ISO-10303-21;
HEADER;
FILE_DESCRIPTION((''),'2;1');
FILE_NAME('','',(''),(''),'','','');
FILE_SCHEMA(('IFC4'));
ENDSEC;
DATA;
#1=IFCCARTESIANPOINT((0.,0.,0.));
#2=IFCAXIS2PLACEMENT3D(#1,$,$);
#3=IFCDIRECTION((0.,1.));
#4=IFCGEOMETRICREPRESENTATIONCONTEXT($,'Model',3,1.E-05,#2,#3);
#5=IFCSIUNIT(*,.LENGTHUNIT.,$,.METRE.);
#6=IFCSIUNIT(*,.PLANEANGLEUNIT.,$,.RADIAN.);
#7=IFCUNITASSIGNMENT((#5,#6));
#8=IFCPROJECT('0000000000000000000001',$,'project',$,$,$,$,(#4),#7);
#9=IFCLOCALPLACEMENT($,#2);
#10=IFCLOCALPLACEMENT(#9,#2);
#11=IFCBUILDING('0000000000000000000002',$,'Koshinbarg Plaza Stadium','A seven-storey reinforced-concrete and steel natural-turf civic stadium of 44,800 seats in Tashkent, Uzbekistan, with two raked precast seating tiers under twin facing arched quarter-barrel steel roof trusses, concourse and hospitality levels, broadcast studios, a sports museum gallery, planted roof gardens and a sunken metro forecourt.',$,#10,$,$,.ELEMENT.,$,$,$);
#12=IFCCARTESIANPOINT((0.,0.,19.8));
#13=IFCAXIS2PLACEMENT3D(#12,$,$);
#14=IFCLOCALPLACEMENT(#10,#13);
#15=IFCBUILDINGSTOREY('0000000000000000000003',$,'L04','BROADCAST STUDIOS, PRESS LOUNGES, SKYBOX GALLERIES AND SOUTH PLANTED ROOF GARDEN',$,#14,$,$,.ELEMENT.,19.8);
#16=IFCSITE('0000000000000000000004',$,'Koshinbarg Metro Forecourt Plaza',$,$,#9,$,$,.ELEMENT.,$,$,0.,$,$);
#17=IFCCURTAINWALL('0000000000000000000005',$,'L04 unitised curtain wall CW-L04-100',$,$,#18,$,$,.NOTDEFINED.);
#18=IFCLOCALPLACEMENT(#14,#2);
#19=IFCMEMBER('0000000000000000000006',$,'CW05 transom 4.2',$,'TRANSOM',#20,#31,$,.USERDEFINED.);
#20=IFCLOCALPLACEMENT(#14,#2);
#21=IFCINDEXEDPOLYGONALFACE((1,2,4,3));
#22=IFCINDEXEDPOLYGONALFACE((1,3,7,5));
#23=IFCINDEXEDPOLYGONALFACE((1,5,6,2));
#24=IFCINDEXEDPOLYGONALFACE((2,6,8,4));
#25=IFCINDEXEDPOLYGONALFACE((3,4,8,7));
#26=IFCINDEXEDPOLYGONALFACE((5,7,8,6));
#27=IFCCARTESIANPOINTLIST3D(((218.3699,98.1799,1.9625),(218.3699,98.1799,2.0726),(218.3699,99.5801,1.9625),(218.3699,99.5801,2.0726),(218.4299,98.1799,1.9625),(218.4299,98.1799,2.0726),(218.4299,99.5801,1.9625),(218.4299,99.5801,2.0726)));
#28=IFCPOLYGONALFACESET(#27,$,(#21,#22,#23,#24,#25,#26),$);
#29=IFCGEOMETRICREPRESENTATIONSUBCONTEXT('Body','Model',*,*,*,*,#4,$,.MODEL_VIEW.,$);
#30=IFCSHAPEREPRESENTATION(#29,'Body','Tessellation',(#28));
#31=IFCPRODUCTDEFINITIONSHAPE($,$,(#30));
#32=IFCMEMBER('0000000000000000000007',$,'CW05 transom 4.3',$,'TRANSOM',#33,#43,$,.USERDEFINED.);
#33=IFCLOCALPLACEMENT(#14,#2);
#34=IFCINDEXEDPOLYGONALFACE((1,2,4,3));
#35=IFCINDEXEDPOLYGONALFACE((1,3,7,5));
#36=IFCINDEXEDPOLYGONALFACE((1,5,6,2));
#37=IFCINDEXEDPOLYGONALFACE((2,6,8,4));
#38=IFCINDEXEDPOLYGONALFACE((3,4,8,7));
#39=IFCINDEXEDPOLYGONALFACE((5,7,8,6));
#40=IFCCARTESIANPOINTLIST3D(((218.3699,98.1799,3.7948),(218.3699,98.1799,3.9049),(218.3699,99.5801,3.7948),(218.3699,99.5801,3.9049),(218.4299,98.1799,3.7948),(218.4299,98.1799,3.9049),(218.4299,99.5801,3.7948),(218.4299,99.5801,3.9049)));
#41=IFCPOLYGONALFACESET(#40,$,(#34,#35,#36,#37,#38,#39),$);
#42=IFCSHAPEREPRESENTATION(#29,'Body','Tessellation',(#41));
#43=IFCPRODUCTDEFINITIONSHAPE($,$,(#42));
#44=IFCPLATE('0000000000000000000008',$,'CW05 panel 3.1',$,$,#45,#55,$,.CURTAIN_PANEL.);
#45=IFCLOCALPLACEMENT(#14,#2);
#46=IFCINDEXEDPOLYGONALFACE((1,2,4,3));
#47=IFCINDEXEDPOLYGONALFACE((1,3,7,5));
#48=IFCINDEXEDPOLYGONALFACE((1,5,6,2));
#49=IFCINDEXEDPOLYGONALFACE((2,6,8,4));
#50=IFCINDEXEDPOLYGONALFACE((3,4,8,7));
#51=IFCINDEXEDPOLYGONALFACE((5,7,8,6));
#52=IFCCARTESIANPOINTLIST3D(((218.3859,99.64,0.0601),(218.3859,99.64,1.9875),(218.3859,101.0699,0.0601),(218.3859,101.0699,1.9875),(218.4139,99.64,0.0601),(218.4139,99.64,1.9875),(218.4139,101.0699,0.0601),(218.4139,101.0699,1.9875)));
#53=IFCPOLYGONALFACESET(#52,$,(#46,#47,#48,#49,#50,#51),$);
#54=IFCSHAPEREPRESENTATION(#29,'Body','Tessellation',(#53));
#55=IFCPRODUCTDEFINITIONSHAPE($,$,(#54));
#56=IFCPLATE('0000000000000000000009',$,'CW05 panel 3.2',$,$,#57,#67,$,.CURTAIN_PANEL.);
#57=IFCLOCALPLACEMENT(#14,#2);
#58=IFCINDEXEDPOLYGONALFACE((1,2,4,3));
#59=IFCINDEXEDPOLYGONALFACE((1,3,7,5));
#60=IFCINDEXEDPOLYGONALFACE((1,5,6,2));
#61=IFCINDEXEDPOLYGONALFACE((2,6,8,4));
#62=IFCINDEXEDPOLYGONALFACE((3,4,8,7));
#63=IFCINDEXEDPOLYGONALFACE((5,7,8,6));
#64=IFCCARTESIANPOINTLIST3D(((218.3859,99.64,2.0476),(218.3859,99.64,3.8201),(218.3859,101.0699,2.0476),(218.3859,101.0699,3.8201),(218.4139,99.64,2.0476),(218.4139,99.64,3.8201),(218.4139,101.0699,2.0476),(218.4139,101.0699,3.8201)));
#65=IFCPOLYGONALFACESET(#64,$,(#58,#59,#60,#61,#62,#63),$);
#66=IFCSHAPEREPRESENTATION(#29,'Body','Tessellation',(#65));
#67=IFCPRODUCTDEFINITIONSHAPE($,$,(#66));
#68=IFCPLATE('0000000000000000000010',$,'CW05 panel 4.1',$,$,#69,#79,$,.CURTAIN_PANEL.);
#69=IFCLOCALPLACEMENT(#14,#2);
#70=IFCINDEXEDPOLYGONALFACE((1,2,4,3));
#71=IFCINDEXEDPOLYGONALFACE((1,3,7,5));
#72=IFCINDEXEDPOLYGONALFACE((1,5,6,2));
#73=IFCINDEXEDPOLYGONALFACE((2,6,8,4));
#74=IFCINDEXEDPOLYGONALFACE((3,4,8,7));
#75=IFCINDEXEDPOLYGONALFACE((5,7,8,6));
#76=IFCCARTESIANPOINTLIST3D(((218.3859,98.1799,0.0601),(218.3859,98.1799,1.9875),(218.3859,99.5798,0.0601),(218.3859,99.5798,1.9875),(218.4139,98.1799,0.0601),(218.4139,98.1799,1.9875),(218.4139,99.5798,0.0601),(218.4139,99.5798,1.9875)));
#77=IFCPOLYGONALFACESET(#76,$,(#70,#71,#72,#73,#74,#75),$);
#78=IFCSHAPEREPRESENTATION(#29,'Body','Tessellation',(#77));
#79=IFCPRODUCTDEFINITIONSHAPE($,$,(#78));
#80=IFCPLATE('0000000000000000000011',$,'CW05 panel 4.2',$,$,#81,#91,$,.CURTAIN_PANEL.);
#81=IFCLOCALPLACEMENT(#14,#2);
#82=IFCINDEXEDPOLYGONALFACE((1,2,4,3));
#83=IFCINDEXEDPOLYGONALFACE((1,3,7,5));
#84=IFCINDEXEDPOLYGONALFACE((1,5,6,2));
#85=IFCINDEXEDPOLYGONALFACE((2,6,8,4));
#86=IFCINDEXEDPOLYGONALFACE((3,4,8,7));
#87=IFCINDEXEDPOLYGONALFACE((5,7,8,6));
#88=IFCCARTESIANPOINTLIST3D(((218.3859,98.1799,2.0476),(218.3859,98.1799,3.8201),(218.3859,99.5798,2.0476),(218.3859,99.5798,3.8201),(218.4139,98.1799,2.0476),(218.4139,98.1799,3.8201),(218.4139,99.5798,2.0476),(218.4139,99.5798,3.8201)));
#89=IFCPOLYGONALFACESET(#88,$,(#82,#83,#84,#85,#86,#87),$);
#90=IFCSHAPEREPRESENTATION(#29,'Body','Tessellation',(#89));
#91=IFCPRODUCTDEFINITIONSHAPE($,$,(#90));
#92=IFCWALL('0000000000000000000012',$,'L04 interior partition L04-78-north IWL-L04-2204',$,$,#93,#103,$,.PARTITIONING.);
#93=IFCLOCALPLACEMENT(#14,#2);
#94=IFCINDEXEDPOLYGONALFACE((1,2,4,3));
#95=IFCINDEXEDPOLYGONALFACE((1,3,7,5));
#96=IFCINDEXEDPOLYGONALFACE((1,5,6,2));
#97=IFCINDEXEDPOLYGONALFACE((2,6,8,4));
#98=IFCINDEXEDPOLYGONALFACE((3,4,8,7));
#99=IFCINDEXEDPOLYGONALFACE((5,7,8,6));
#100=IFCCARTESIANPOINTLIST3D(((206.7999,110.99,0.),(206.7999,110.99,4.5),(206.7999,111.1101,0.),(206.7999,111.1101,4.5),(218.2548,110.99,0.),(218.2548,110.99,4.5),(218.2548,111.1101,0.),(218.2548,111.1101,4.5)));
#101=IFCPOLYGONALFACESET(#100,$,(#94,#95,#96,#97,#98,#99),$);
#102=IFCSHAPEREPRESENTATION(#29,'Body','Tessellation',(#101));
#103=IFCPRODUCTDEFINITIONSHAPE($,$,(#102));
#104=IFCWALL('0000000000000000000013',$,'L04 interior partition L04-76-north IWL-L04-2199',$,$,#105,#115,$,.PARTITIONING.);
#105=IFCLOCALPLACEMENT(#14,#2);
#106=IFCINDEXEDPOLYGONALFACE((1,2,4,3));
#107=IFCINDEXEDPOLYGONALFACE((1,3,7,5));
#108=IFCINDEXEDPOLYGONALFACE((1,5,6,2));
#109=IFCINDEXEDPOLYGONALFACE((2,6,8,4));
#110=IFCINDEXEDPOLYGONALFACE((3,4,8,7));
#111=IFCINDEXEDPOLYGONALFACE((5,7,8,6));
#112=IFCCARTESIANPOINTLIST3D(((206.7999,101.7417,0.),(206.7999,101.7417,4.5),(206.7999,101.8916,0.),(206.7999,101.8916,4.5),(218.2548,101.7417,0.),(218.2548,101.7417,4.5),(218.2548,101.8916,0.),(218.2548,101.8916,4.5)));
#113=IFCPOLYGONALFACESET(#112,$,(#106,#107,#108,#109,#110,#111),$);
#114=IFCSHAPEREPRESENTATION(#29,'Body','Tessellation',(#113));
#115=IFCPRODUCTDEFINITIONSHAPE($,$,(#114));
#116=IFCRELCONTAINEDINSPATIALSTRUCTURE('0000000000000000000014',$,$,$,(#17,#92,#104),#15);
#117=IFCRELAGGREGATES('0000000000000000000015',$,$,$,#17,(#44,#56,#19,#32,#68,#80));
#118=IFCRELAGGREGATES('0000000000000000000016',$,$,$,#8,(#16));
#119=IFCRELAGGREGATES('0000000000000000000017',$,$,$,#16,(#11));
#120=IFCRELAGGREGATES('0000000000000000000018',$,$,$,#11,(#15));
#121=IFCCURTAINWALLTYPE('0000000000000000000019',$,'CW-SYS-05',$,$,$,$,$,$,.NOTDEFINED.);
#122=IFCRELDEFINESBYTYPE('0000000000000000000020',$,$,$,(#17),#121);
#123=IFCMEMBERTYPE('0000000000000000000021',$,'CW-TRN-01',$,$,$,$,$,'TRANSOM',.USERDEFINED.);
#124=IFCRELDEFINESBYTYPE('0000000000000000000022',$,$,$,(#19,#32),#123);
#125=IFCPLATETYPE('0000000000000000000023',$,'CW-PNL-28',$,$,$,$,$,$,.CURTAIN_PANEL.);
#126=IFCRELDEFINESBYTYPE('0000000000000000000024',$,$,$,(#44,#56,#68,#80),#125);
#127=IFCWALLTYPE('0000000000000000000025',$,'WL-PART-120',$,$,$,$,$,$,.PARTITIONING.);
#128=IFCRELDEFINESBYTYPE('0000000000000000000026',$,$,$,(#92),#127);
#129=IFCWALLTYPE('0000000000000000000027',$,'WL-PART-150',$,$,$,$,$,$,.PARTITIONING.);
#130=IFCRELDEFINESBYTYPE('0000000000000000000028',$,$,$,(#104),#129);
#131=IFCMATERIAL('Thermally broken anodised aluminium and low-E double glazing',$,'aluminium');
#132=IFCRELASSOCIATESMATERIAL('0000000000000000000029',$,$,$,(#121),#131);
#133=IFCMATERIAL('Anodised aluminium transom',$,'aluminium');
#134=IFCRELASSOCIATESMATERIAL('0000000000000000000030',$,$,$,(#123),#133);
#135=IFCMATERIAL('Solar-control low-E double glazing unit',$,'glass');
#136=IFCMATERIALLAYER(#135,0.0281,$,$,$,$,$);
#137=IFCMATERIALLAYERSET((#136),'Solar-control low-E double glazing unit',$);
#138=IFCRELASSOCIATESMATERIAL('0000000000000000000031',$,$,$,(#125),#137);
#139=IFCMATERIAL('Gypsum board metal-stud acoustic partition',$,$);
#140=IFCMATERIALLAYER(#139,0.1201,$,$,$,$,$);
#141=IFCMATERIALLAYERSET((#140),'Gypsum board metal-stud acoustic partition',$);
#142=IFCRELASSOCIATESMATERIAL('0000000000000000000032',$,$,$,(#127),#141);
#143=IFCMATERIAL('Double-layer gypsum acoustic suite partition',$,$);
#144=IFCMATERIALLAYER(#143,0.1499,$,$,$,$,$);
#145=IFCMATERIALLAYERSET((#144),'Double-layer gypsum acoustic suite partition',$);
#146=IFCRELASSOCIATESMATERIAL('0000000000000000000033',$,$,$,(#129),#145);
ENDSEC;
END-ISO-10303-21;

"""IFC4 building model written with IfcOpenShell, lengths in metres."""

from ifc_helpers import new_model, si_unit, direction, frame, frame_2d, origin, origin_2d, place, context, subcontext, project, spatial, rectangle, extrude, material, layer, layer_set, material_profile, profile_set, type_object, element, aggregate, save


model = new_model("IFC4")

# Units and contexts
model_context = context("Model", 3, precision=1e-05, world=origin(), true_north=direction((0.0, 1.0)))
body_context = subcontext(model_context, "Body", "Model", "MODEL_VIEW")
ifc_project = project(units=[si_unit("LENGTHUNIT", "METRE"), si_unit("PLANEANGLEUNIT", "RADIAN")], contexts=[model_context])

# Site, building, storey
site_placement = place(None, origin())
site = spatial("IfcSite", under=ifc_project, at=site_placement, Name="Koshinbarg Metro Forecourt Plaza", CompositionType="ELEMENT", RefElevation=0.0)
building_placement = place(site_placement, origin())
building = spatial("IfcBuilding", under=site, at=building_placement, Name="Koshinbarg Plaza Stadium", Description="A seven-storey reinforced-concrete and steel natural-turf civic stadium of 44,800 seats in Tashkent, Uzbekistan, with two raked precast seating tiers under twin facing arched quarter-barrel steel roof trusses, concourse and hospitality levels, broadcast studios, a sports museum gallery, planted roof gardens and a sunken metro forecourt.", CompositionType="ELEMENT")
storey_placement = place(building_placement, frame((0.0, 0.0, 19.8)))
storey = spatial("IfcBuildingStorey", under=building, at=storey_placement, Name="L04", Description="BROADCAST STUDIOS, PRESS LOUNGES, SKYBOX GALLERIES AND SOUTH PLANTED ROOF GARDEN", CompositionType="ELEMENT", Elevation=19.8)

# Curtain wall, members, plates
ifc_material_1 = material(Name="Thermally broken anodised aluminium and low-E double glazing", Category="aluminium")
curtain_wall_type = type_object("IfcCurtainWallType", Name="CW-SYS-05", PredefinedType="NOTDEFINED", material=ifc_material_1)
curtain_wall_placement = place(storey_placement, origin())
curtain_wall = element("IfcCurtainWall", 1, at=curtain_wall_placement, inside=storey, type_object=curtain_wall_type, Name="L04 unitised curtain wall CW-L04-100", PredefinedType="NOTDEFINED")
ifc_material_2 = material(Name="Anodised aluminium transom", Category="aluminium")
ifc_material_profile_1 = material_profile(ifc_material_2, rectangle(XDim=0.0601, YDim=0.1101, at=origin_2d()), Name="ALU 60x110")
ifc_profile_set_1 = profile_set([ifc_material_profile_1], Name="Anodised aluminium transom")
member_type_1 = type_object("IfcMemberType", Name="CW-TRN-01", ElementType="TRANSOM", PredefinedType="USERDEFINED", material=ifc_profile_set_1)
member_1_placement = place(storey_placement, frame((218.3999, 99.5801, 2.0176), z_axis=(0.0, -1.0, 0.0), x_axis=(1.0, 0.0, 0.0)))
member_1 = element("IfcMember", 2, at=member_1_placement, type_object=member_type_1, Name="CW05 transom 4.2", ObjectType="TRANSOM", PredefinedType="USERDEFINED", context=body_context, shape_type="SweptSolid", body=[
    extrude(rectangle(XDim=0.0601, YDim=0.1101, at=origin_2d()), origin(), (0.0, 0.0, 1.0), 1.4001),
])
member_2_placement = place(storey_placement, frame((218.3999, 99.5801, 3.8499), z_axis=(0.0, -1.0, 0.0), x_axis=(1.0, 0.0, 0.0)))
member_2 = element("IfcMember", 3, at=member_2_placement, type_object=member_type_1, Name="CW05 transom 4.3", ObjectType="TRANSOM", PredefinedType="USERDEFINED", context=body_context, shape_type="SweptSolid", body=[
    extrude(rectangle(XDim=0.0601, YDim=0.1101, at=origin_2d()), origin(), (0.0, 0.0, 1.0), 1.4001),
])
ifc_material_3 = material(Name="Solar-control low-E double glazing unit", Category="glass")
ifc_layer_1 = layer(ifc_material_3, 0.0281)
ifc_layer_set_1 = layer_set([ifc_layer_1], Name="Solar-control low-E double glazing unit")
plate_type = type_object("IfcPlateType", Name="CW-PNL-28", PredefinedType="CURTAIN_PANEL", material=ifc_layer_set_1)
plate_1_placement = place(storey_placement, frame((218.3999, 100.355, 0.0601), z_axis=(0.0, 0.0, 1.0), x_axis=(0.0, -1.0, 0.0)))
plate_1 = element("IfcPlate", 4, at=plate_1_placement, type_object=plate_type, Name="CW05 panel 3.1", PredefinedType="CURTAIN_PANEL", context=body_context, shape_type="SweptSolid", body=[
    extrude(rectangle(XDim=1.4299, YDim=0.0281, at=origin_2d()), origin(), (0.0, 0.0, 1.0), 1.9275),
])
plate_2_placement = place(storey_placement, frame((218.3999, 100.355, 2.0476), z_axis=(0.0, 0.0, 1.0), x_axis=(0.0, -1.0, 0.0)))
plate_2 = element("IfcPlate", 5, at=plate_2_placement, type_object=plate_type, Name="CW05 panel 3.2", PredefinedType="CURTAIN_PANEL", context=body_context, shape_type="SweptSolid", body=[
    extrude(rectangle(XDim=1.4299, YDim=0.0281, at=origin_2d()), origin(), (0.0, 0.0, 1.0), 1.7725),
])
plate_3_placement = place(storey_placement, frame((218.3999, 98.8799, 0.0601), z_axis=(0.0, 0.0, 1.0), x_axis=(0.0, -1.0, 0.0)))
plate_3 = element("IfcPlate", 6, at=plate_3_placement, type_object=plate_type, Name="CW05 panel 4.1", PredefinedType="CURTAIN_PANEL", context=body_context, shape_type="SweptSolid", body=[
    extrude(rectangle(XDim=1.3999, YDim=0.0281, at=origin_2d()), origin(), (0.0, 0.0, 1.0), 1.9275),
])
plate_4_placement = place(storey_placement, frame((218.3999, 98.8799, 2.0476), z_axis=(0.0, 0.0, 1.0), x_axis=(0.0, -1.0, 0.0)))
plate_4 = element("IfcPlate", 7, at=plate_4_placement, type_object=plate_type, Name="CW05 panel 4.2", PredefinedType="CURTAIN_PANEL", context=body_context, shape_type="SweptSolid", body=[
    extrude(rectangle(XDim=1.3999, YDim=0.0281, at=origin_2d()), origin(), (0.0, 0.0, 1.0), 1.7725),
])
aggregate(curtain_wall, [plate_1, plate_2, member_1, member_2, plate_3, plate_4])

# Walls
ifc_material_4 = material(Name="Gypsum board metal-stud acoustic partition")
ifc_layer_2 = layer(ifc_material_4, 0.1201)
ifc_layer_set_2 = layer_set([ifc_layer_2], Name="Gypsum board metal-stud acoustic partition")
wall_type_1 = type_object("IfcWallType", Name="WL-PART-120", PredefinedType="PARTITIONING", material=ifc_layer_set_2)
wall_1_placement = place(storey_placement, frame((218.2549, 111.05, 0.0), z_axis=(0.0, 0.0, 1.0), x_axis=(-1.0, 0.0, 0.0)))
element("IfcWall", 8, at=wall_1_placement, inside=storey, type_object=wall_type_1, Name="L04 interior partition L04-78-north IWL-L04-2204", PredefinedType="PARTITIONING", context=body_context, shape_type="SweptSolid", body=[
    extrude(rectangle(XDim=11.4548, YDim=0.1201, at=frame_2d((5.7275, 0.0))), origin(), (0.0, 0.0, 1.0), 4.5),
])
ifc_material_5 = material(Name="Double-layer gypsum acoustic suite partition")
ifc_layer_3 = layer(ifc_material_5, 0.1499)
ifc_layer_set_3 = layer_set([ifc_layer_3], Name="Double-layer gypsum acoustic suite partition")
wall_type_2 = type_object("IfcWallType", Name="WL-PART-150", PredefinedType="PARTITIONING", material=ifc_layer_set_3)
wall_2_placement = place(storey_placement, frame((218.2549, 101.8167, 0.0), z_axis=(0.0, 0.0, 1.0), x_axis=(-1.0, 0.0, 0.0)))
element("IfcWall", 9, at=wall_2_placement, inside=storey, type_object=wall_type_2, Name="L04 interior partition L04-76-north IWL-L04-2199", PredefinedType="PARTITIONING", context=body_context, shape_type="SweptSolid", body=[
    extrude(rectangle(XDim=11.4548, YDim=0.1499, at=frame_2d((5.7275, 0.0))), origin(), (0.0, 0.0, 1.0), 4.5),
])

save(model, "model.ifc")
